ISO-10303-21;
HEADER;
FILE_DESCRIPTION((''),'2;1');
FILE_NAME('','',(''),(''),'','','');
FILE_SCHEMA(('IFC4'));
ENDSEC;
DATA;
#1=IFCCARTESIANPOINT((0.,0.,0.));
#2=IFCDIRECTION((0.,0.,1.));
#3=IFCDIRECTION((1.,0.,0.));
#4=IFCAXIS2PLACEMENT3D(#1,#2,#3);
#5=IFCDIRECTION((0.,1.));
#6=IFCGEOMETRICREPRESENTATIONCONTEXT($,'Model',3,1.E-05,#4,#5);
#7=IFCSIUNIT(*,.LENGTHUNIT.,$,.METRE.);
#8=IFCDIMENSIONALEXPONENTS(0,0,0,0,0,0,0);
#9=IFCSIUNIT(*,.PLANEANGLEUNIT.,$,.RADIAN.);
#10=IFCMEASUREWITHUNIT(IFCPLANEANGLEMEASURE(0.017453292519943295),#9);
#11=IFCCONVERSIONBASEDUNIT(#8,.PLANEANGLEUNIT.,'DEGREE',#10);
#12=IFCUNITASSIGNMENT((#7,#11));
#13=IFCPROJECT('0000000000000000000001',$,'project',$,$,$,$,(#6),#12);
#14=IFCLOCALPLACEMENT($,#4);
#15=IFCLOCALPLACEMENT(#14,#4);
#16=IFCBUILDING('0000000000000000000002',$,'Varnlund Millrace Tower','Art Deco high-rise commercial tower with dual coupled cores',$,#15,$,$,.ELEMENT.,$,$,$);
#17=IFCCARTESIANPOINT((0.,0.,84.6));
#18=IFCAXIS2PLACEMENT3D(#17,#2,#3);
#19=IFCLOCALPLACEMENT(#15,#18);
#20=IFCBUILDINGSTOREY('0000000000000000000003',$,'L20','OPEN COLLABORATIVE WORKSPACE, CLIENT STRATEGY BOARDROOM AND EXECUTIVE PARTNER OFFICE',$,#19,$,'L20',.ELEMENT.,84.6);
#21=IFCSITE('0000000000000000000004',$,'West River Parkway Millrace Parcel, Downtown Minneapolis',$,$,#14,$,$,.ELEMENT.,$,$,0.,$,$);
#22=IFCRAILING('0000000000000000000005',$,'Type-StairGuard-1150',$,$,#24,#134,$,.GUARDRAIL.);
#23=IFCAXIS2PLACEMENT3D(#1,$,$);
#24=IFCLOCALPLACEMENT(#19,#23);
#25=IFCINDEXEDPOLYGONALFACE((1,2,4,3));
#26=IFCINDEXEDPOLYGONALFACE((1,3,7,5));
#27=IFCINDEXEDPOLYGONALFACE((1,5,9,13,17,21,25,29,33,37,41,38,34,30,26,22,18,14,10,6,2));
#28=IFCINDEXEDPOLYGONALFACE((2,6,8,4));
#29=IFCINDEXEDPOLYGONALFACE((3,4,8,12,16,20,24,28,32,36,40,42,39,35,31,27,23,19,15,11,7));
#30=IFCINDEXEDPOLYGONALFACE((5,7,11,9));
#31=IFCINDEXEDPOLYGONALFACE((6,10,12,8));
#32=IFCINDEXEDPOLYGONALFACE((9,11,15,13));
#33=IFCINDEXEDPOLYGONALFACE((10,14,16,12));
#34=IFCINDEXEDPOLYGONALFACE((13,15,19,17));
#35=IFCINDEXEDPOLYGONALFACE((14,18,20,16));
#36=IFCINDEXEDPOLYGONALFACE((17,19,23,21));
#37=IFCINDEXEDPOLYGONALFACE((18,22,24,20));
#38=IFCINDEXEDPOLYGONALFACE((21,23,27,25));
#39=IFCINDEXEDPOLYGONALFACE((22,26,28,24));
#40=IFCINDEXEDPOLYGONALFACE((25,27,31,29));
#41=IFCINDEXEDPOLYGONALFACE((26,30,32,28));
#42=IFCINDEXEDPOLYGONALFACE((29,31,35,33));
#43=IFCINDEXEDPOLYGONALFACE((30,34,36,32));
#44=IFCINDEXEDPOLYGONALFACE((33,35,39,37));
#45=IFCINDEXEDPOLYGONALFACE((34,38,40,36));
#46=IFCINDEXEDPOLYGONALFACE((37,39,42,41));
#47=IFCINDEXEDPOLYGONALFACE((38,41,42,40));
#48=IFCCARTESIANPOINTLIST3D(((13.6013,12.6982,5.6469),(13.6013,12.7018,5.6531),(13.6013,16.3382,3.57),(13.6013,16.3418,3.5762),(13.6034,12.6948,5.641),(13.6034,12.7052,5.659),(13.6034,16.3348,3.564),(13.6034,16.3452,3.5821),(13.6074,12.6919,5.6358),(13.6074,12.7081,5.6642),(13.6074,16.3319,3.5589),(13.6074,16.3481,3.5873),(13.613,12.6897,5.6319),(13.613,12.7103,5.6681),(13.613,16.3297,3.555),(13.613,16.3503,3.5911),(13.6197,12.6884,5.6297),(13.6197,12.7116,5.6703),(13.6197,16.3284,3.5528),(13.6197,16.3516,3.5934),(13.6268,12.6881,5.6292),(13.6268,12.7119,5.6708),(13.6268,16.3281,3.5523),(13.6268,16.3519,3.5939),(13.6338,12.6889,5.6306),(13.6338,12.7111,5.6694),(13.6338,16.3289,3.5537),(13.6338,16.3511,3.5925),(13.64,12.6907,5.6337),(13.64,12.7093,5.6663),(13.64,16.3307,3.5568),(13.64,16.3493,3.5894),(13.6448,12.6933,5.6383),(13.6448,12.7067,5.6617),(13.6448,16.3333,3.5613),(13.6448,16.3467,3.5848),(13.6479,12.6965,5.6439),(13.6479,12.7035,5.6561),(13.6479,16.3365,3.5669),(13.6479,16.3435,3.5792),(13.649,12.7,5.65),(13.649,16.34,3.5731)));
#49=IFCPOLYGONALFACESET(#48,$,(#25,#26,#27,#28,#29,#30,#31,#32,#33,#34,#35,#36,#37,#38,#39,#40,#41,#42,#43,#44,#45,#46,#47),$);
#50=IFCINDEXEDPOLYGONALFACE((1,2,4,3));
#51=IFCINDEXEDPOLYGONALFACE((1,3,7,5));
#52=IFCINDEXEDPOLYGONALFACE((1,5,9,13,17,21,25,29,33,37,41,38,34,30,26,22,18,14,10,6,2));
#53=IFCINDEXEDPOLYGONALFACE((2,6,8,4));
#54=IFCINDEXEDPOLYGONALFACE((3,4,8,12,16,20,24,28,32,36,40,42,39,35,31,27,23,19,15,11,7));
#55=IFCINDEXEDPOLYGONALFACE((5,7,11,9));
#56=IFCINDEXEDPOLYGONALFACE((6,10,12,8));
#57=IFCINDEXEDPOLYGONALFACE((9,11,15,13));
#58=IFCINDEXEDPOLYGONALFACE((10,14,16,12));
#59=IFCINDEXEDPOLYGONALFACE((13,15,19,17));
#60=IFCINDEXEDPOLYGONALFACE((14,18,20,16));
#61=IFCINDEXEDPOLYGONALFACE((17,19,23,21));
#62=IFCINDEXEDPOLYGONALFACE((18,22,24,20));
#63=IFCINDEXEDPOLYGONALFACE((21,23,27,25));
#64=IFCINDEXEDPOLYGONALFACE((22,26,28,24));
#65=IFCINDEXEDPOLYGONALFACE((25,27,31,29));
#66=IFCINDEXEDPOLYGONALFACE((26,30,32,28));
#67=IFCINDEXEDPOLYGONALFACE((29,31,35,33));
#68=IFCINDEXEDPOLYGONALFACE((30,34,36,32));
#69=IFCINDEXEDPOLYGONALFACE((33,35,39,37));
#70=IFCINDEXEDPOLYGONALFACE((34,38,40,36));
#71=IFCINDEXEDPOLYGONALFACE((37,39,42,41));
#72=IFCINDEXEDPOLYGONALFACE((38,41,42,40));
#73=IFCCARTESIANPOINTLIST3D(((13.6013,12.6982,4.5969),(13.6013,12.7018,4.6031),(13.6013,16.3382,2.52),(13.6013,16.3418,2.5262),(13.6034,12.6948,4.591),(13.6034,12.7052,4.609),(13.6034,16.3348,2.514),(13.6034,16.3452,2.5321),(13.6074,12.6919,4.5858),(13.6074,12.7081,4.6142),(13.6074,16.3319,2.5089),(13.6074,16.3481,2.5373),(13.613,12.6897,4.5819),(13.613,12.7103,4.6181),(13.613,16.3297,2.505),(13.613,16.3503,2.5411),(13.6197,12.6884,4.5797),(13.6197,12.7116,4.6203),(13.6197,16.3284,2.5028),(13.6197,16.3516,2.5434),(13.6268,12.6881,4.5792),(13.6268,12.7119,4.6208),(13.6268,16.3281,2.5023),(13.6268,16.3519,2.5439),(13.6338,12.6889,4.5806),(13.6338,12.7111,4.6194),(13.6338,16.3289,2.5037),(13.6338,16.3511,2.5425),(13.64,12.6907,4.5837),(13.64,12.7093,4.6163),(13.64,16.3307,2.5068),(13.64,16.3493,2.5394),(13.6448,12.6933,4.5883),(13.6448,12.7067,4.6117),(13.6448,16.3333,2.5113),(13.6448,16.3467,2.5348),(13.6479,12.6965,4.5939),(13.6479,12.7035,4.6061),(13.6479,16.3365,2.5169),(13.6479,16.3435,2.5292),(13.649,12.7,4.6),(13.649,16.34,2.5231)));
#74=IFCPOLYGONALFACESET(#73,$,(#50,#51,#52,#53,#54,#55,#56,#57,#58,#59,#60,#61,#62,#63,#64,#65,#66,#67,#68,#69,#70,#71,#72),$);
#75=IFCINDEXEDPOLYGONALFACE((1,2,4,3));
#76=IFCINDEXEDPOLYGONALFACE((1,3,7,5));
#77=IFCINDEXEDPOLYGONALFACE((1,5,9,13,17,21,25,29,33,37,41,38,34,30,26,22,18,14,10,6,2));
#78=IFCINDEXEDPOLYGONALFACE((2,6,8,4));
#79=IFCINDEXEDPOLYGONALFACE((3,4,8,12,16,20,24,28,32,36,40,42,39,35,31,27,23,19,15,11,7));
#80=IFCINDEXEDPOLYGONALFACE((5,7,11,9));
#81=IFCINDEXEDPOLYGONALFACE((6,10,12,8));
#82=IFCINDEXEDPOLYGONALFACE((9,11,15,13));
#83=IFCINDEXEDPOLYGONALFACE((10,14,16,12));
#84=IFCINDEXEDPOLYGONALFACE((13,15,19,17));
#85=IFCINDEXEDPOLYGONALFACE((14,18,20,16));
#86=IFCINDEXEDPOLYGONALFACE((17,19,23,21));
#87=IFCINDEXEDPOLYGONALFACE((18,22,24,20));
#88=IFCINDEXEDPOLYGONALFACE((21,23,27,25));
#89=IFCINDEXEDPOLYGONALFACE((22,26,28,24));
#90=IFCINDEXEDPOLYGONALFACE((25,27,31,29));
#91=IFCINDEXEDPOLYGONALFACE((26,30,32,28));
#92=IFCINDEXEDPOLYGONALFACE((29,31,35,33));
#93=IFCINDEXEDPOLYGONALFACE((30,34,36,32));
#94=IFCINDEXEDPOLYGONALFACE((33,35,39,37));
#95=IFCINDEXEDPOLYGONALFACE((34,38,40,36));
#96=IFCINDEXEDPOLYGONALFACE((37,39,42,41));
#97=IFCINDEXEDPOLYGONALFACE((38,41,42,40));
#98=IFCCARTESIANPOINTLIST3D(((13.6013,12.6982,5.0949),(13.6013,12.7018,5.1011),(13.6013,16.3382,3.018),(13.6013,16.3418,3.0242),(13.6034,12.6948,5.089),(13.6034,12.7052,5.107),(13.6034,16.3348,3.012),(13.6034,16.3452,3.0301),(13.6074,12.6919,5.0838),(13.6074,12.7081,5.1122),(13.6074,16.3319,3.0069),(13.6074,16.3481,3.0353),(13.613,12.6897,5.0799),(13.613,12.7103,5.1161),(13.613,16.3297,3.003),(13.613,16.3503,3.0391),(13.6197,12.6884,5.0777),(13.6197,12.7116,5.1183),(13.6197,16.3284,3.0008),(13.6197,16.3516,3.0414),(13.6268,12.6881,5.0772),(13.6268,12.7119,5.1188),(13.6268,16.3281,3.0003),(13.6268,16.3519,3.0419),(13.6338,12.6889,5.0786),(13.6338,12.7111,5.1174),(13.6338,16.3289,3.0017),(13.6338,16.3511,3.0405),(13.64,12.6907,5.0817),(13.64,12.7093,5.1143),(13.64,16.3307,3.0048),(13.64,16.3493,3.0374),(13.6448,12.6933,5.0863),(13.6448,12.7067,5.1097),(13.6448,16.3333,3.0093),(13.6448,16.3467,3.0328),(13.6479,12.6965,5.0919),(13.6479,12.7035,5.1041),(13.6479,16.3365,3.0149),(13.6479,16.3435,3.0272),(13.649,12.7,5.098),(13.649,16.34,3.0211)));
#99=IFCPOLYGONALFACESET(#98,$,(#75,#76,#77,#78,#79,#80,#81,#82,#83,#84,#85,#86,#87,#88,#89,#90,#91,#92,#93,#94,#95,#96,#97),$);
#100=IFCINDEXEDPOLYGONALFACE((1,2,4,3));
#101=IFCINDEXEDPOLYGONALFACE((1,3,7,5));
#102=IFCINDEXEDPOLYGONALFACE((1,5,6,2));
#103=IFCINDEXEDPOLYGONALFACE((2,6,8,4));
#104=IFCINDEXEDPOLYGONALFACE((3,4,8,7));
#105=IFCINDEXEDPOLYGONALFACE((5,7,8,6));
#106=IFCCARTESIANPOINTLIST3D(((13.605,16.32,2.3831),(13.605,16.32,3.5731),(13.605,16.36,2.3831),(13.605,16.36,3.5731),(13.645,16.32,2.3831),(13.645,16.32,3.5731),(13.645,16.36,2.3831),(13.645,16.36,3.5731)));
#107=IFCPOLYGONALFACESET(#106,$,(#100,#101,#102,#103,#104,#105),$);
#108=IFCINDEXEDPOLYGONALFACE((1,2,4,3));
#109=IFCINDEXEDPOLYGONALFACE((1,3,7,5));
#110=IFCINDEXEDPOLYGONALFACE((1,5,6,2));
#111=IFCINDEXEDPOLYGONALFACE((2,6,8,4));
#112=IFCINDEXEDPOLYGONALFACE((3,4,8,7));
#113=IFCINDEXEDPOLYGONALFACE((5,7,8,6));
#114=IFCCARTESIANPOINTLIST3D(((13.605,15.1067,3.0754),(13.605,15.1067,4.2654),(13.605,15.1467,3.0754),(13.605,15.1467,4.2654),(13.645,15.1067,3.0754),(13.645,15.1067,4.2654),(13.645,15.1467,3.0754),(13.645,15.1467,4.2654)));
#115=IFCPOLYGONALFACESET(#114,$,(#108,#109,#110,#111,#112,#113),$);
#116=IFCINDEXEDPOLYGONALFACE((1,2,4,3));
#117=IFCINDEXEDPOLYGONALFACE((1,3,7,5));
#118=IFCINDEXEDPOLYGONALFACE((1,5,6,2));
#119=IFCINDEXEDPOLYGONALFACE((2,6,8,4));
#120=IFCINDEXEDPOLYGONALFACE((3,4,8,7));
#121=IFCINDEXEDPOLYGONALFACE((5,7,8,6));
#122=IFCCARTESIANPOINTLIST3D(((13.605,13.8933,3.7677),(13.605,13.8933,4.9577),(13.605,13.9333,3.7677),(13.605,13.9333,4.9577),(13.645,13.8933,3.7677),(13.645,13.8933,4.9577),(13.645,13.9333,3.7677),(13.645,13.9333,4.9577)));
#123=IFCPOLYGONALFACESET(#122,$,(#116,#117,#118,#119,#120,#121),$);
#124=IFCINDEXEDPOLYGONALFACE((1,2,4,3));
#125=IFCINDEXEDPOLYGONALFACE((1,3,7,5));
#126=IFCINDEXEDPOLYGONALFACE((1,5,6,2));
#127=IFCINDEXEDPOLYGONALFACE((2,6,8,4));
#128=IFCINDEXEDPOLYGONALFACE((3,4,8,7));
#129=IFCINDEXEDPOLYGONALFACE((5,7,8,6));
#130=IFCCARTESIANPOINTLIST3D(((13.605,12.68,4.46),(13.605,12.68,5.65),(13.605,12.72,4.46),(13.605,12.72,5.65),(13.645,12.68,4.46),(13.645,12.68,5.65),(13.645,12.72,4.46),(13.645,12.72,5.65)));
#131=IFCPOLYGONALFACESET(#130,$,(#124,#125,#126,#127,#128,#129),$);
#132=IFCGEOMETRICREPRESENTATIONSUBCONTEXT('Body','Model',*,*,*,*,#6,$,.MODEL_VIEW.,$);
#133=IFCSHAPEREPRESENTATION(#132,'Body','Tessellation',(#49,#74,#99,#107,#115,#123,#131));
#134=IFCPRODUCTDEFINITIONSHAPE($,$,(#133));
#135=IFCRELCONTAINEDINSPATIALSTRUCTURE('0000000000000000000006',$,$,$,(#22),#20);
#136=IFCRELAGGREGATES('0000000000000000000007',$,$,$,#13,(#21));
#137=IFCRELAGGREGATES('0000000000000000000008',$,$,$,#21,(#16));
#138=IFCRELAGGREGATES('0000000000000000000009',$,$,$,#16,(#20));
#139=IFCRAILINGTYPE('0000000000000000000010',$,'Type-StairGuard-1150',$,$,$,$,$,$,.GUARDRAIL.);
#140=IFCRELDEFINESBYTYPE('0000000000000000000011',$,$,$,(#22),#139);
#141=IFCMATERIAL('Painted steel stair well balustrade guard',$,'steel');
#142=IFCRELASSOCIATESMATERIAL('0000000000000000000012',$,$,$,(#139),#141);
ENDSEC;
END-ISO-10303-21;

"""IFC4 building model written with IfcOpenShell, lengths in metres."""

from ifc_helpers import new_model, entity, si_unit, converted_unit, direction, frame, origin_with_axes, origin_2d_with_axis, place, context, subcontext, project, spatial, rectangle, circle, extrude, material, type_object, element, save


model = new_model("IFC4")

# Units and contexts
model_context = context("Model", 3, precision=1e-05, world=origin_with_axes(), true_north=direction((0.0, 1.0)))
body_context = subcontext(model_context, "Body", "Model", "MODEL_VIEW")
ifc_project = project(units=[si_unit("LENGTHUNIT", "METRE"), converted_unit("PLANEANGLEUNIT", "DEGREE", entity("IfcPlaneAngleMeasure", 0.017453292519943295), si_unit("PLANEANGLEUNIT", "RADIAN"), dimensions=[0, 0, 0, 0, 0, 0, 0])], contexts=[model_context])

# Site, building, storey
site_placement = place(None, origin_with_axes())
site = spatial("IfcSite", under=ifc_project, at=site_placement, Name="West River Parkway Millrace Parcel, Downtown Minneapolis", CompositionType="ELEMENT", RefElevation=0.0)
building_placement = place(site_placement, origin_with_axes())
building = spatial("IfcBuilding", under=site, at=building_placement, Name="Varnlund Millrace Tower", Description="Art Deco high-rise commercial tower with dual coupled cores", CompositionType="ELEMENT")
storey_placement = place(building_placement, frame((0.0, 0.0, 84.6), z_axis=(0.0, 0.0, 1.0), x_axis=(1.0, 0.0, 0.0)))
storey = spatial("IfcBuildingStorey", under=building, at=storey_placement, Name="L20", Description="OPEN COLLABORATIVE WORKSPACE, CLIENT STRATEGY BOARDROOM AND EXECUTIVE PARTNER OFFICE", LongName="L20", CompositionType="ELEMENT", Elevation=84.6)

# Railing
ifc_material_1 = material(Name="Painted steel stair well balustrade guard", Category="steel")
railing_type_1 = type_object("IfcRailingType", Name="Type-StairGuard-1150", PredefinedType="GUARDRAIL", material=ifc_material_1)
railing_1_placement = place(storey_placement, frame((0.0, 0.0, -84.6), z_axis=(0.0, 0.0, 1.0), x_axis=(1.0, 0.0, 0.0)))
element("IfcRailing", 1, at=railing_1_placement, inside=storey, type_object=railing_type_1, Name="Type-StairGuard-1150", PredefinedType="GUARDRAIL", context=body_context, shape_type="SweptSolid", body=[
    extrude(circle(Radius=0.024, at=origin_2d_with_axis()), frame((13.625, 16.34, 88.1731), z_axis=(0.0, -0.868559, 0.495585), x_axis=(1.0, 0.0, 0.0)), (0.0, 0.0, 1.0), 4.1908),
    extrude(circle(Radius=0.024, at=origin_2d_with_axis()), frame((13.625, 16.34, 87.1231), z_axis=(0.0, -0.868559, 0.495585), x_axis=(1.0, 0.0, 0.0)), (0.0, 0.0, 1.0), 4.1908),
    extrude(circle(Radius=0.024, at=origin_2d_with_axis()), frame((13.625, 16.34, 87.6211), z_axis=(0.0, -0.868559, 0.495585), x_axis=(1.0, 0.0, 0.0)), (0.0, 0.0, 1.0), 4.1908),
    extrude(rectangle(XDim=0.04, YDim=0.04, at=origin_2d_with_axis()), frame((13.625, 16.34, 86.9831), z_axis=(0.0, 0.0, 1.0), x_axis=(1.0, 0.0, 0.0)), (0.0, 0.0, 1.0), 1.19),
    extrude(rectangle(XDim=0.04, YDim=0.04, at=origin_2d_with_axis()), frame((13.625, 15.1267, 87.6754), z_axis=(0.0, 0.0, 1.0), x_axis=(1.0, 0.0, 0.0)), (0.0, 0.0, 1.0), 1.19),
    extrude(rectangle(XDim=0.04, YDim=0.04, at=origin_2d_with_axis()), frame((13.625, 13.9133, 88.3677), z_axis=(0.0, 0.0, 1.0), x_axis=(1.0, 0.0, 0.0)), (0.0, 0.0, 1.0), 1.19),
    extrude(rectangle(XDim=0.04, YDim=0.04, at=origin_2d_with_axis()), frame((13.625, 12.7, 89.06), z_axis=(0.0, 0.0, 1.0), x_axis=(1.0, 0.0, 0.0)), (0.0, 0.0, 1.0), 1.19),
])

save(model, "model.ifc")
